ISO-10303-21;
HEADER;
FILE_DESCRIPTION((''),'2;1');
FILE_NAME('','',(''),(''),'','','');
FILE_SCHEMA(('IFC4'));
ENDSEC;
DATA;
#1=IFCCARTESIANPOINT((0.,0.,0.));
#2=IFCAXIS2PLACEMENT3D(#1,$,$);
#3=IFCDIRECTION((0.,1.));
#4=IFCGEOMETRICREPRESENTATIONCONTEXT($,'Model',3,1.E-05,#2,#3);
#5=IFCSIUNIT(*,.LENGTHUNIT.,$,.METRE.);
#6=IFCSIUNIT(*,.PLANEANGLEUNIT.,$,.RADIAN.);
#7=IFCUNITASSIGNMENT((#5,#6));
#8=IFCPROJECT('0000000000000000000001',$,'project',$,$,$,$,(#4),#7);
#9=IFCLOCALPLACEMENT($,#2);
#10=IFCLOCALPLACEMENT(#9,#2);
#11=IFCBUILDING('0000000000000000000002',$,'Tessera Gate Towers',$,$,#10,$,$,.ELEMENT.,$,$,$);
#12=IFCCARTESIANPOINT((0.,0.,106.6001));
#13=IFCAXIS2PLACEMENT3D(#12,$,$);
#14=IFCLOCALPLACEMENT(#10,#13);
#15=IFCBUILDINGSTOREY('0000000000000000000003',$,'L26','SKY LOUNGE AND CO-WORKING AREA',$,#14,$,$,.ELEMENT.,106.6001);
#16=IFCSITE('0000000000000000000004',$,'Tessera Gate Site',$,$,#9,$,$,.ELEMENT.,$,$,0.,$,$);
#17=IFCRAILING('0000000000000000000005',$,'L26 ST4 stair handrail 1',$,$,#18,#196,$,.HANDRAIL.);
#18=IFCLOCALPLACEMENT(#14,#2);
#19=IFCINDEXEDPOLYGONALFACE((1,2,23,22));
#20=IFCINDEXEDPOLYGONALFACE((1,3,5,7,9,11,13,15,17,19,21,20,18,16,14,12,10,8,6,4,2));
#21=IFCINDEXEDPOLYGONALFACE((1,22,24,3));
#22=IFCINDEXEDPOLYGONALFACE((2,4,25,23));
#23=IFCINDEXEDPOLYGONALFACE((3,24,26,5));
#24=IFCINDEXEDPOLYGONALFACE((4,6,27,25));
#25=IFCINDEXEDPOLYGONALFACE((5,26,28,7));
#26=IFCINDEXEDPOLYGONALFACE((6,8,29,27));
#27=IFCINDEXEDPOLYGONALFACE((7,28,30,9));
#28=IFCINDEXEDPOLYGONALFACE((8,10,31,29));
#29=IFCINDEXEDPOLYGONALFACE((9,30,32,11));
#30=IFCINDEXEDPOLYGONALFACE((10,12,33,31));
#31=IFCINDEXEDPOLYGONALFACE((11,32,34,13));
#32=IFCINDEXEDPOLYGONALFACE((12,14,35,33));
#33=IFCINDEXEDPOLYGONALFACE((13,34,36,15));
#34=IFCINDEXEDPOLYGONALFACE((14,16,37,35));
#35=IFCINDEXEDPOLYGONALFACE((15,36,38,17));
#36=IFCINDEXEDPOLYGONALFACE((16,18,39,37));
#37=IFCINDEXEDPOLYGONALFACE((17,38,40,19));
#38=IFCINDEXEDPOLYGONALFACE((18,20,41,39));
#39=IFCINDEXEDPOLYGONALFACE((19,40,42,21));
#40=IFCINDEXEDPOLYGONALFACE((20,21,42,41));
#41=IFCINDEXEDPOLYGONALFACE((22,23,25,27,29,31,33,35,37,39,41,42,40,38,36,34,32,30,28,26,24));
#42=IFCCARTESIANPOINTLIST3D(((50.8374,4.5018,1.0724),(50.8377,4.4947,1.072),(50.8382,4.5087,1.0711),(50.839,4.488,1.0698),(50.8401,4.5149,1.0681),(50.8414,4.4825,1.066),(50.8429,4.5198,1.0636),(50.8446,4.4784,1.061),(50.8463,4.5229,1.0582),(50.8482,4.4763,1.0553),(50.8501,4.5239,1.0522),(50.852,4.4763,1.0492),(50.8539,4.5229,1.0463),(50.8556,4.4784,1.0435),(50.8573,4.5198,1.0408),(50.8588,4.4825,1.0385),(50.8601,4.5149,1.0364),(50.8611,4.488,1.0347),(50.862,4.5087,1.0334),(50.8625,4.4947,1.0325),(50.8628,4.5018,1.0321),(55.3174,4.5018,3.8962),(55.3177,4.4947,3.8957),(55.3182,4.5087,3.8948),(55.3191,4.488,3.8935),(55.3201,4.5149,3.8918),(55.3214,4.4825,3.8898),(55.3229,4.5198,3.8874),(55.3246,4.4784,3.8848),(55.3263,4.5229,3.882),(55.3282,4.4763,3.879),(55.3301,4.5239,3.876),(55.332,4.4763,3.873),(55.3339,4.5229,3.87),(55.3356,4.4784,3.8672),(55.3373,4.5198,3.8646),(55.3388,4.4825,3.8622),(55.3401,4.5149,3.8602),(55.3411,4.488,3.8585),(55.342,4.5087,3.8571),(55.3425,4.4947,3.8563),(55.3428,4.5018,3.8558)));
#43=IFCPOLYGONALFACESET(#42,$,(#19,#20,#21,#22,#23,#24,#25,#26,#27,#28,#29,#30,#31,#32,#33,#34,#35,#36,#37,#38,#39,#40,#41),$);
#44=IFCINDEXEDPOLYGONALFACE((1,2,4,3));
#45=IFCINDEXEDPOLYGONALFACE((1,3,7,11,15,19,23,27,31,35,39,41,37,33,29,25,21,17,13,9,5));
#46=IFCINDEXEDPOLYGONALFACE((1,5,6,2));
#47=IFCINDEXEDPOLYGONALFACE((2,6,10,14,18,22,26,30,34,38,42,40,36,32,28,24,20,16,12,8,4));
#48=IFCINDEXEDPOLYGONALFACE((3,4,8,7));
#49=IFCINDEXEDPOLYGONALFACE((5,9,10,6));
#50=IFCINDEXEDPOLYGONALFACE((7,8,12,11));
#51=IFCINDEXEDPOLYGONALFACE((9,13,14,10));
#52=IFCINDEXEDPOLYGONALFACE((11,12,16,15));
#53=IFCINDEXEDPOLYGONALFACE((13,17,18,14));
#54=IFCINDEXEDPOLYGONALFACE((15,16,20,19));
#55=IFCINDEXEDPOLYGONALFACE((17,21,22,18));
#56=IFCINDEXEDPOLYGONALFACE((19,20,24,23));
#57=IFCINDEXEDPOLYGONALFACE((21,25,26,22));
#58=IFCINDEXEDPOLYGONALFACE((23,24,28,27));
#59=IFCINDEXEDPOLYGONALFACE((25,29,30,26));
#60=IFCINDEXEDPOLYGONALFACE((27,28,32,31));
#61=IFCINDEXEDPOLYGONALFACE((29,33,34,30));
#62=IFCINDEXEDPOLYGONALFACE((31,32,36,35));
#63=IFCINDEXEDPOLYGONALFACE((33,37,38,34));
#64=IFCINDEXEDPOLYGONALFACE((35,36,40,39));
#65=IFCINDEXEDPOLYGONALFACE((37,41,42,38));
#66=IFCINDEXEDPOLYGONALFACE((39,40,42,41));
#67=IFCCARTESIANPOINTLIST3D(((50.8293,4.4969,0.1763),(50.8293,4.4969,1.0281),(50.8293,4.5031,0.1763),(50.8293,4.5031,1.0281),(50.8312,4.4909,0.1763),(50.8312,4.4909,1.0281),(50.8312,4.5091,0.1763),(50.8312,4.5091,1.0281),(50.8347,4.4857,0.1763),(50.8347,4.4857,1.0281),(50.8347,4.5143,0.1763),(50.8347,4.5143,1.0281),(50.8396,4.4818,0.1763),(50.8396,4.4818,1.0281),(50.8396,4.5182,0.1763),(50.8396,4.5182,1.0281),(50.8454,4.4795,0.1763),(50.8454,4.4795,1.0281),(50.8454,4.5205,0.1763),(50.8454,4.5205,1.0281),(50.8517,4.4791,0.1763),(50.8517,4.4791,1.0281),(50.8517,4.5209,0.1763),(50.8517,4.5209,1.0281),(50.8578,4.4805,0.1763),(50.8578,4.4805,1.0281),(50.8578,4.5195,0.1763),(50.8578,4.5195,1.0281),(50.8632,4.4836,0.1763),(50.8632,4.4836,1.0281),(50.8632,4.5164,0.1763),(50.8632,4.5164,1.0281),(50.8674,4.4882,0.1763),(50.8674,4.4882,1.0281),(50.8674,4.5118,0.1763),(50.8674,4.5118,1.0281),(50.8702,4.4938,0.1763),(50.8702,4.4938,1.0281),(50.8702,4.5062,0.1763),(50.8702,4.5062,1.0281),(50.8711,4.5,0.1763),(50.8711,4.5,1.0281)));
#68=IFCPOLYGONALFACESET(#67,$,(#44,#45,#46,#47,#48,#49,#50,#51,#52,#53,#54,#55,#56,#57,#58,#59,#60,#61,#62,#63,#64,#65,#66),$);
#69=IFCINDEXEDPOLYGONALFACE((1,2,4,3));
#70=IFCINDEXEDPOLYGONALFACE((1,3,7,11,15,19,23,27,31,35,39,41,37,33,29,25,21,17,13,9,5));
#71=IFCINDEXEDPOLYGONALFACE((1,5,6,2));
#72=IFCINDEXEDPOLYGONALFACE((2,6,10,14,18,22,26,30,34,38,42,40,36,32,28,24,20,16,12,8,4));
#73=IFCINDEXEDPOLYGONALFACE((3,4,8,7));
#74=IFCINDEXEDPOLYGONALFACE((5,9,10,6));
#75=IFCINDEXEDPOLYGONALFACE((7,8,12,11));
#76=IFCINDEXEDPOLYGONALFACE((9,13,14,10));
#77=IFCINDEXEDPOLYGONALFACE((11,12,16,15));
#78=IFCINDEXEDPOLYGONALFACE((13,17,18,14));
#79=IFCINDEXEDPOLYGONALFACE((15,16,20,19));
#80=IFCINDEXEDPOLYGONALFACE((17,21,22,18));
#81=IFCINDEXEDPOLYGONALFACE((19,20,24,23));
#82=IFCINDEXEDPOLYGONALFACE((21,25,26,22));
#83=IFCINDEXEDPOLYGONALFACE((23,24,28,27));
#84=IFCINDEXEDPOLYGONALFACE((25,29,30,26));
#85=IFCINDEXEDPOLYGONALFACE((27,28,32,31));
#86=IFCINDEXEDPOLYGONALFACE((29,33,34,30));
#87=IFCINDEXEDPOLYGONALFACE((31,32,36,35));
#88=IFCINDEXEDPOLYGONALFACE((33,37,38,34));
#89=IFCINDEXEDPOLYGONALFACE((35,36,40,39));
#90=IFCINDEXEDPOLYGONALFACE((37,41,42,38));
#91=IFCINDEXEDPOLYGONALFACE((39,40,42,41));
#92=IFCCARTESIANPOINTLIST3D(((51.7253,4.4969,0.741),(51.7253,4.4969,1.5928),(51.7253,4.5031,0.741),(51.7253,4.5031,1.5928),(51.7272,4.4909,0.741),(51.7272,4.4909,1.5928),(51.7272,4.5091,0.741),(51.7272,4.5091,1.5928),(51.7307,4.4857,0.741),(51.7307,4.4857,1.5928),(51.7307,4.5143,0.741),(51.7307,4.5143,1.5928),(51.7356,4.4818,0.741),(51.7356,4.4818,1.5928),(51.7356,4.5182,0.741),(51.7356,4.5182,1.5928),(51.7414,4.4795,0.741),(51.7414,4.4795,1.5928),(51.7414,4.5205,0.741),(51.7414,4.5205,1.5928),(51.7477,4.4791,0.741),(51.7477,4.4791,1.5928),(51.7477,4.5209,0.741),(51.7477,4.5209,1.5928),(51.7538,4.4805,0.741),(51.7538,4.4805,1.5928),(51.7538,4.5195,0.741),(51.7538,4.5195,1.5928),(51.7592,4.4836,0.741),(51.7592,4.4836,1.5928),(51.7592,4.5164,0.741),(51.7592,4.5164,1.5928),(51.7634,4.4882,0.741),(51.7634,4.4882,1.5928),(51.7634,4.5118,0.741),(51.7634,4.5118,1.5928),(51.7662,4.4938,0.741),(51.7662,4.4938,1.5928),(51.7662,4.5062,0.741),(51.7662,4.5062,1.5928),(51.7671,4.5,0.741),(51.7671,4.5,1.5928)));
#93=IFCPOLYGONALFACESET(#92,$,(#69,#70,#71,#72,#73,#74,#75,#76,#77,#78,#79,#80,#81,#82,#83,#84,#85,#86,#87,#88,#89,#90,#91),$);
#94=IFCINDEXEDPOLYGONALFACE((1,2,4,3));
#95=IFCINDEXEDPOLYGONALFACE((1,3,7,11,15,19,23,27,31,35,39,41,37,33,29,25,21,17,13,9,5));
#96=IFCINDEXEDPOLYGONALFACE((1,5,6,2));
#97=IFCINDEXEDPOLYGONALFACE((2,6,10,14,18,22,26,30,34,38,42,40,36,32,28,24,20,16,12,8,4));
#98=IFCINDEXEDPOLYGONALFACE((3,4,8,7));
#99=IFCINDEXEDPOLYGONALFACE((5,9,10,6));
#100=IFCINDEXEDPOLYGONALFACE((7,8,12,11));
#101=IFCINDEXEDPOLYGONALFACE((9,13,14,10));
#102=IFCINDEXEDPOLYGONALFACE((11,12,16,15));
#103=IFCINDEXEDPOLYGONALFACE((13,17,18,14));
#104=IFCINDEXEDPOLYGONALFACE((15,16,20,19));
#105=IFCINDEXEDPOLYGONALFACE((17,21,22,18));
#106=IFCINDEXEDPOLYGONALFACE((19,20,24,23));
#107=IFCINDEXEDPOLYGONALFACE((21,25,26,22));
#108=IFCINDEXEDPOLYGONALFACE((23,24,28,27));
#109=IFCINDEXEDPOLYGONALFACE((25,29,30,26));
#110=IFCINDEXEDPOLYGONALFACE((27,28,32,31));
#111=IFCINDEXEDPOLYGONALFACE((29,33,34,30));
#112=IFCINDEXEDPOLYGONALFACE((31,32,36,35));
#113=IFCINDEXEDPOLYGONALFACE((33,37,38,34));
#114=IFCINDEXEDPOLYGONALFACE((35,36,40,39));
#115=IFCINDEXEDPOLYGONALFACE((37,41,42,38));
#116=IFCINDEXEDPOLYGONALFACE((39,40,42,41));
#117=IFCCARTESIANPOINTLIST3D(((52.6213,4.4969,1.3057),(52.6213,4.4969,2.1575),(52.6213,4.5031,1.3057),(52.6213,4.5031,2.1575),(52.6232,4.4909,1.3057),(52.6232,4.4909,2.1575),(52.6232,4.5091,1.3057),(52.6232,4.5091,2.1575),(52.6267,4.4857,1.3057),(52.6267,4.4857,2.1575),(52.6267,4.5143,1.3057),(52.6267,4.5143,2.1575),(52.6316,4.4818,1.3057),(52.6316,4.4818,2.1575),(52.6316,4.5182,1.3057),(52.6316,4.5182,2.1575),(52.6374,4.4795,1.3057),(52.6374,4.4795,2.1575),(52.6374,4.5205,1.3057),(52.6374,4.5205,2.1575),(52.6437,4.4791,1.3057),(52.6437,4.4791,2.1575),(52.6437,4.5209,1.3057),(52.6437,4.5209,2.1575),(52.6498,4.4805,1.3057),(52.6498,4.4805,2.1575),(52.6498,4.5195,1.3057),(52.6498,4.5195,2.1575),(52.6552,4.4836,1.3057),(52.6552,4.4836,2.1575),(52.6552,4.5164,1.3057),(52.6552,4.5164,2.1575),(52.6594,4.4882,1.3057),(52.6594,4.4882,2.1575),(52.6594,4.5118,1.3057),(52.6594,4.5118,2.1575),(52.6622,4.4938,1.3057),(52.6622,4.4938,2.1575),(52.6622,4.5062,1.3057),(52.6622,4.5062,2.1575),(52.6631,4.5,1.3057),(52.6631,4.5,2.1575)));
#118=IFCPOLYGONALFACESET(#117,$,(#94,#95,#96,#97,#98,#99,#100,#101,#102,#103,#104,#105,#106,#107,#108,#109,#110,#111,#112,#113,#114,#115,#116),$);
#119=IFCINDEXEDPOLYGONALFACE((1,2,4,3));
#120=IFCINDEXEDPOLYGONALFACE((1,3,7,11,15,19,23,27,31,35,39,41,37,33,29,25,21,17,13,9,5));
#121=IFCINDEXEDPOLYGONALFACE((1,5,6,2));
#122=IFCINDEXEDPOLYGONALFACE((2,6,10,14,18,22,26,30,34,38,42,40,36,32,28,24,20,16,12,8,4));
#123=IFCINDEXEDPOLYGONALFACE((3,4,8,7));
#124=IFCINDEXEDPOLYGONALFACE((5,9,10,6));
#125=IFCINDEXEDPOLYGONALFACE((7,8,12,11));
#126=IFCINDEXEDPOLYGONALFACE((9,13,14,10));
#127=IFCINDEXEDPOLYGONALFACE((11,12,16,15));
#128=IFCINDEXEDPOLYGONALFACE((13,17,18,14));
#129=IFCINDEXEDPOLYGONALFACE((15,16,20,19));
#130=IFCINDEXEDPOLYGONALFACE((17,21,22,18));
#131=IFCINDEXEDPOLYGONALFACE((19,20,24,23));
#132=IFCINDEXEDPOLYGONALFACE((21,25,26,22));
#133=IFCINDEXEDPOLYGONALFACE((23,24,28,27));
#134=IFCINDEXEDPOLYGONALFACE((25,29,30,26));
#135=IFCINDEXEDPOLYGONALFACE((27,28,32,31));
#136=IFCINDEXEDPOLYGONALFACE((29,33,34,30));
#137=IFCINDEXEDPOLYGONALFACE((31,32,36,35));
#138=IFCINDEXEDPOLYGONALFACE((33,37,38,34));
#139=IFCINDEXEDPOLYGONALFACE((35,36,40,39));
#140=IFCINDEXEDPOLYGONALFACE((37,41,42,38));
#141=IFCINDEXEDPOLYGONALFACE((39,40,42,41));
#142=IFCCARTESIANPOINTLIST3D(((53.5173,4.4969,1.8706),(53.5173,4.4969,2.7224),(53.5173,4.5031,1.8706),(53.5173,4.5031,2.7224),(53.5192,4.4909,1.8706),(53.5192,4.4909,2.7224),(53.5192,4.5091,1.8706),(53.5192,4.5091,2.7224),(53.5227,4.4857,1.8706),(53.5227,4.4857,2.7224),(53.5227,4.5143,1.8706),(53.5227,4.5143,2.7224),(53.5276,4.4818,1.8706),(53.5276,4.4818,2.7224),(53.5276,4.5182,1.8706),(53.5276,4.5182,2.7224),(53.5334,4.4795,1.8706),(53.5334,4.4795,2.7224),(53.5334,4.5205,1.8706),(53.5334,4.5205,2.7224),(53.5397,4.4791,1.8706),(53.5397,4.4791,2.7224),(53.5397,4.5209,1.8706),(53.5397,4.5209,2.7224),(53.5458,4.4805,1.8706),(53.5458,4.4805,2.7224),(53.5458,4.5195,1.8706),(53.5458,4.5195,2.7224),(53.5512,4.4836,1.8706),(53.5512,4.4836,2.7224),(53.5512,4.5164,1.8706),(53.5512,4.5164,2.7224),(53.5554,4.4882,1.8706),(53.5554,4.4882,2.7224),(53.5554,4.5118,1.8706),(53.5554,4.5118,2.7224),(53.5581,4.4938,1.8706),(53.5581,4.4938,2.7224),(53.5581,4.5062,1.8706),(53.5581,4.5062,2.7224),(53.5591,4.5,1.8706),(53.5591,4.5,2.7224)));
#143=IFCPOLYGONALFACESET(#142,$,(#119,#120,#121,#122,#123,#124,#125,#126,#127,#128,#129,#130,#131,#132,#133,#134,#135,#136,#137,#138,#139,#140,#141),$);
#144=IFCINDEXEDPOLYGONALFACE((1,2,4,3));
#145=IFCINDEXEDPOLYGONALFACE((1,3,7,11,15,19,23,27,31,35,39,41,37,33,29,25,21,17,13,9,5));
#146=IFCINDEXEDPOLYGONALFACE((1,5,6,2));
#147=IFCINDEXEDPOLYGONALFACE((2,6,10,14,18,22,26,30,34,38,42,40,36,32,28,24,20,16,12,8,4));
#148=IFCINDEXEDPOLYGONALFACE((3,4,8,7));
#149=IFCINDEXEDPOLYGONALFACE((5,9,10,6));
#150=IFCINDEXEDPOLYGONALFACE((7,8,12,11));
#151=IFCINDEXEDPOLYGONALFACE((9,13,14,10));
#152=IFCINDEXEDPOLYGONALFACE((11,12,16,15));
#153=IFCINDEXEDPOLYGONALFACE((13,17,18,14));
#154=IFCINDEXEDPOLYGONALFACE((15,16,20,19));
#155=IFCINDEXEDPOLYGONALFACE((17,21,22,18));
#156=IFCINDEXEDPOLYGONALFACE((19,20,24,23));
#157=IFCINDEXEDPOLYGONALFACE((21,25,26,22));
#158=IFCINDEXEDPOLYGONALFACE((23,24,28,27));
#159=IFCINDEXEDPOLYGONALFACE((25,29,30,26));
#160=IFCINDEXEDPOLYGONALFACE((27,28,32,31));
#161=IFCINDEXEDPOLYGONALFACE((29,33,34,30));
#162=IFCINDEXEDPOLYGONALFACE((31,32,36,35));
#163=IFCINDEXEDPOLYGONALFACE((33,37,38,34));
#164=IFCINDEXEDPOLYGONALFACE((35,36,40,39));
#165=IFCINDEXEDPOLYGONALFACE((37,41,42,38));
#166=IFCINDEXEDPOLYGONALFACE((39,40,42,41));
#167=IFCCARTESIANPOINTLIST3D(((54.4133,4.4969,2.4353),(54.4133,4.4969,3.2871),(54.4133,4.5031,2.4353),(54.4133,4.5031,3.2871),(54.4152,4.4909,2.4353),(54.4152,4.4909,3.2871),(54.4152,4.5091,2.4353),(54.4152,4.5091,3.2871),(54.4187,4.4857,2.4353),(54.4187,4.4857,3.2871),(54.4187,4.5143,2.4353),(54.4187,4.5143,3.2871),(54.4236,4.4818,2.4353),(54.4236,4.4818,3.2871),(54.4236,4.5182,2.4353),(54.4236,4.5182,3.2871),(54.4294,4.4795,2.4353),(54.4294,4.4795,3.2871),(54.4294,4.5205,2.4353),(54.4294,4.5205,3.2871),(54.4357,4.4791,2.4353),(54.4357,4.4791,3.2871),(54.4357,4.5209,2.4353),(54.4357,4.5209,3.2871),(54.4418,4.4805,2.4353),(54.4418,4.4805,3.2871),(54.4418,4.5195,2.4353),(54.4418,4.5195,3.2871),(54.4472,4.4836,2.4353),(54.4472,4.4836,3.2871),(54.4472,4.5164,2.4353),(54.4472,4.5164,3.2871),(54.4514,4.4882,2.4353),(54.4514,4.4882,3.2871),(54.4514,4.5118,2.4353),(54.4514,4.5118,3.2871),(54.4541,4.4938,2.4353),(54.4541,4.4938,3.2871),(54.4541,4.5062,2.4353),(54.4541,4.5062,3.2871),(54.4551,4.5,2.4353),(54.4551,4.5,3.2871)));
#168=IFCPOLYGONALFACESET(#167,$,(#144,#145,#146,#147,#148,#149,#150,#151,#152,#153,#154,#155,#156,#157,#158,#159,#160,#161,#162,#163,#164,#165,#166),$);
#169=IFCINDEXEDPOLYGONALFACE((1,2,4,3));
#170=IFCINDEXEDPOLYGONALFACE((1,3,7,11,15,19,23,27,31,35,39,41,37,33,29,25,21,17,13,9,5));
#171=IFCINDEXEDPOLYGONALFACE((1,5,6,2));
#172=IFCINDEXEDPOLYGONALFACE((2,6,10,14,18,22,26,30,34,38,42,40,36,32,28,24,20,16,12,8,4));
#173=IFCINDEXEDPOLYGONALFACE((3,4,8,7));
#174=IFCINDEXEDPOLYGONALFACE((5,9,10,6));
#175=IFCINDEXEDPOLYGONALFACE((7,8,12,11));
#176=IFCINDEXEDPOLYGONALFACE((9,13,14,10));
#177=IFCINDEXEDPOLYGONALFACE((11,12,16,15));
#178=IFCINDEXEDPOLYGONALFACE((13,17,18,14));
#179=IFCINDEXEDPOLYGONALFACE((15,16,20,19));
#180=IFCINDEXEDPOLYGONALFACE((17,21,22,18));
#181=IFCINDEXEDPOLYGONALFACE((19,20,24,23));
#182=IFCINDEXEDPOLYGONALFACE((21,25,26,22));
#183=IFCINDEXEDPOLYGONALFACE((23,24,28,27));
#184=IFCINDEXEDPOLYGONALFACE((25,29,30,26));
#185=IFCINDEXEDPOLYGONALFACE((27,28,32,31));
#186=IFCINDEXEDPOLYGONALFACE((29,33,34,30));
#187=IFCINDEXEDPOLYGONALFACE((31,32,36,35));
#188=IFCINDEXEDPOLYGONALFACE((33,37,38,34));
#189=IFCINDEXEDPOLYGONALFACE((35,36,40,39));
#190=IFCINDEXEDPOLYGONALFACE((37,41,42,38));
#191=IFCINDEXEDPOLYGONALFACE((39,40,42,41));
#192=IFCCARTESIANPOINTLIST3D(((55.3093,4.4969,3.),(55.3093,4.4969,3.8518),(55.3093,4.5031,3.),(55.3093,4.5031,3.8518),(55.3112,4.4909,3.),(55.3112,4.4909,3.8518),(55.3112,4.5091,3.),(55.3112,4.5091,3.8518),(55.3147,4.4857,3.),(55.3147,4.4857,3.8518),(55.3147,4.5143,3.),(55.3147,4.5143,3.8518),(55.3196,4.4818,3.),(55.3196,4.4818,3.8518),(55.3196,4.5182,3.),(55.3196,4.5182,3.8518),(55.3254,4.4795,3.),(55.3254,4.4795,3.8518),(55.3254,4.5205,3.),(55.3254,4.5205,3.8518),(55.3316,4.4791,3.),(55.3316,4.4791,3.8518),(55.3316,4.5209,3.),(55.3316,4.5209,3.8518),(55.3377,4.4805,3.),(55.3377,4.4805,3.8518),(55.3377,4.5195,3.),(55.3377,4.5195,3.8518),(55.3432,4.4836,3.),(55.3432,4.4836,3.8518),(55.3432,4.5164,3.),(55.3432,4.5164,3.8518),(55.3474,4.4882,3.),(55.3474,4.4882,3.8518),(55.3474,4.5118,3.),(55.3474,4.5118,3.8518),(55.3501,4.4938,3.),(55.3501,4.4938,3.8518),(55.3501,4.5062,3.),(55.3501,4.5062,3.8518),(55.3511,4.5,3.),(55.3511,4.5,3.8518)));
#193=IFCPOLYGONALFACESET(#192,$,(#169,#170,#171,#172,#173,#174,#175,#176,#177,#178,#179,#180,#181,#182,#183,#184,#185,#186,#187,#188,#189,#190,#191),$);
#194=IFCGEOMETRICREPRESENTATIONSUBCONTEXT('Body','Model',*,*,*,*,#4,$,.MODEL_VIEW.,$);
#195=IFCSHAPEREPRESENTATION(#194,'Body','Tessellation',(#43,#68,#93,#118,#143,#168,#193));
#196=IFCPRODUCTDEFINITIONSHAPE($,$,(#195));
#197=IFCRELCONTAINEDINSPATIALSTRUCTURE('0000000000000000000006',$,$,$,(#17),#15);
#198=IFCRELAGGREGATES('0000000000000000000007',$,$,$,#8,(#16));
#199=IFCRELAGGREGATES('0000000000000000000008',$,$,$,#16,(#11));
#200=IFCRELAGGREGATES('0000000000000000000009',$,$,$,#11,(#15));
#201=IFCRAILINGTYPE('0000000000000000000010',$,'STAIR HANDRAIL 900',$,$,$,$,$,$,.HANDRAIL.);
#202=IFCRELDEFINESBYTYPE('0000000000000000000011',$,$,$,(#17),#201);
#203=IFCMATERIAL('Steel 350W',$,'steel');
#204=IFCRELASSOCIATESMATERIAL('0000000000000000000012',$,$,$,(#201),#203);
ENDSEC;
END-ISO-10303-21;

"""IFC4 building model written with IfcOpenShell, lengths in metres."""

from ifc_helpers import new_model, si_unit, direction, frame, origin, origin_2d, place, context, subcontext, project, spatial, circle, extrude, material, type_object, element, save


model = new_model("IFC4")

# Units and contexts
model_context = context("Model", 3, precision=1e-05, world=origin(), true_north=direction((0.0, 1.0)))
body_context = subcontext(model_context, "Body", "Model", "MODEL_VIEW")
ifc_project = project(units=[si_unit("LENGTHUNIT", "METRE"), si_unit("PLANEANGLEUNIT", "RADIAN")], contexts=[model_context])

# Site, building, storey
site_placement = place(None, origin())
site = spatial("IfcSite", under=ifc_project, at=site_placement, Name="Tessera Gate Site", CompositionType="ELEMENT", RefElevation=0.0)
building_placement = place(site_placement, origin())
building = spatial("IfcBuilding", under=site, at=building_placement, Name="Tessera Gate Towers", CompositionType="ELEMENT")
storey_placement = place(building_placement, frame((0.0, 0.0, 106.6001)))
storey = spatial("IfcBuildingStorey", under=building, at=storey_placement, Name="L26", Description="SKY LOUNGE AND CO-WORKING AREA", CompositionType="ELEMENT", Elevation=106.6001)

# Railing
ifc_material_1 = material(Name="Steel 350W", Category="steel")
railing_type_1 = type_object("IfcRailingType", Name="STAIR HANDRAIL 900", PredefinedType="HANDRAIL", material=ifc_material_1)
railing_1_placement = place(storey_placement, frame((50.8501, 4.5, 0.1763)))
element("IfcRailing", 1, at=railing_1_placement, inside=storey, type_object=railing_type_1, Name="L26 ST4 stair handrail 1", PredefinedType="HANDRAIL", context=body_context, shape_type="SweptSolid", body=[
    extrude(circle(Radius=0.0239, at=origin_2d()), frame((0.0, 0.0, 0.876), z_axis=(0.845977, 0.0, 0.533219), x_axis=(0.0, 1.0, 0.0)), (0.0, 0.0, 1.0), 5.2957),
    extrude(circle(Radius=0.021, at=origin_2d()), origin(), (0.0, 0.0, 1.0), 0.8518),
    extrude(circle(Radius=0.021, at=origin_2d()), frame((0.896, 0.0, 0.5647)), (0.0, 0.0, 1.0), 0.8518),
    extrude(circle(Radius=0.021, at=origin_2d()), frame((1.792, 0.0, 1.1294)), (0.0, 0.0, 1.0), 0.8518),
    extrude(circle(Radius=0.021, at=origin_2d()), frame((2.688, 0.0, 1.6943)), (0.0, 0.0, 1.0), 0.8518),
    extrude(circle(Radius=0.021, at=origin_2d()), frame((3.584, 0.0, 2.259)), (0.0, 0.0, 1.0), 0.8518),
    extrude(circle(Radius=0.021, at=origin_2d()), frame((4.48, 0.0, 2.8237)), (0.0, 0.0, 1.0), 0.8518),
])

save(model, "model.ifc")
